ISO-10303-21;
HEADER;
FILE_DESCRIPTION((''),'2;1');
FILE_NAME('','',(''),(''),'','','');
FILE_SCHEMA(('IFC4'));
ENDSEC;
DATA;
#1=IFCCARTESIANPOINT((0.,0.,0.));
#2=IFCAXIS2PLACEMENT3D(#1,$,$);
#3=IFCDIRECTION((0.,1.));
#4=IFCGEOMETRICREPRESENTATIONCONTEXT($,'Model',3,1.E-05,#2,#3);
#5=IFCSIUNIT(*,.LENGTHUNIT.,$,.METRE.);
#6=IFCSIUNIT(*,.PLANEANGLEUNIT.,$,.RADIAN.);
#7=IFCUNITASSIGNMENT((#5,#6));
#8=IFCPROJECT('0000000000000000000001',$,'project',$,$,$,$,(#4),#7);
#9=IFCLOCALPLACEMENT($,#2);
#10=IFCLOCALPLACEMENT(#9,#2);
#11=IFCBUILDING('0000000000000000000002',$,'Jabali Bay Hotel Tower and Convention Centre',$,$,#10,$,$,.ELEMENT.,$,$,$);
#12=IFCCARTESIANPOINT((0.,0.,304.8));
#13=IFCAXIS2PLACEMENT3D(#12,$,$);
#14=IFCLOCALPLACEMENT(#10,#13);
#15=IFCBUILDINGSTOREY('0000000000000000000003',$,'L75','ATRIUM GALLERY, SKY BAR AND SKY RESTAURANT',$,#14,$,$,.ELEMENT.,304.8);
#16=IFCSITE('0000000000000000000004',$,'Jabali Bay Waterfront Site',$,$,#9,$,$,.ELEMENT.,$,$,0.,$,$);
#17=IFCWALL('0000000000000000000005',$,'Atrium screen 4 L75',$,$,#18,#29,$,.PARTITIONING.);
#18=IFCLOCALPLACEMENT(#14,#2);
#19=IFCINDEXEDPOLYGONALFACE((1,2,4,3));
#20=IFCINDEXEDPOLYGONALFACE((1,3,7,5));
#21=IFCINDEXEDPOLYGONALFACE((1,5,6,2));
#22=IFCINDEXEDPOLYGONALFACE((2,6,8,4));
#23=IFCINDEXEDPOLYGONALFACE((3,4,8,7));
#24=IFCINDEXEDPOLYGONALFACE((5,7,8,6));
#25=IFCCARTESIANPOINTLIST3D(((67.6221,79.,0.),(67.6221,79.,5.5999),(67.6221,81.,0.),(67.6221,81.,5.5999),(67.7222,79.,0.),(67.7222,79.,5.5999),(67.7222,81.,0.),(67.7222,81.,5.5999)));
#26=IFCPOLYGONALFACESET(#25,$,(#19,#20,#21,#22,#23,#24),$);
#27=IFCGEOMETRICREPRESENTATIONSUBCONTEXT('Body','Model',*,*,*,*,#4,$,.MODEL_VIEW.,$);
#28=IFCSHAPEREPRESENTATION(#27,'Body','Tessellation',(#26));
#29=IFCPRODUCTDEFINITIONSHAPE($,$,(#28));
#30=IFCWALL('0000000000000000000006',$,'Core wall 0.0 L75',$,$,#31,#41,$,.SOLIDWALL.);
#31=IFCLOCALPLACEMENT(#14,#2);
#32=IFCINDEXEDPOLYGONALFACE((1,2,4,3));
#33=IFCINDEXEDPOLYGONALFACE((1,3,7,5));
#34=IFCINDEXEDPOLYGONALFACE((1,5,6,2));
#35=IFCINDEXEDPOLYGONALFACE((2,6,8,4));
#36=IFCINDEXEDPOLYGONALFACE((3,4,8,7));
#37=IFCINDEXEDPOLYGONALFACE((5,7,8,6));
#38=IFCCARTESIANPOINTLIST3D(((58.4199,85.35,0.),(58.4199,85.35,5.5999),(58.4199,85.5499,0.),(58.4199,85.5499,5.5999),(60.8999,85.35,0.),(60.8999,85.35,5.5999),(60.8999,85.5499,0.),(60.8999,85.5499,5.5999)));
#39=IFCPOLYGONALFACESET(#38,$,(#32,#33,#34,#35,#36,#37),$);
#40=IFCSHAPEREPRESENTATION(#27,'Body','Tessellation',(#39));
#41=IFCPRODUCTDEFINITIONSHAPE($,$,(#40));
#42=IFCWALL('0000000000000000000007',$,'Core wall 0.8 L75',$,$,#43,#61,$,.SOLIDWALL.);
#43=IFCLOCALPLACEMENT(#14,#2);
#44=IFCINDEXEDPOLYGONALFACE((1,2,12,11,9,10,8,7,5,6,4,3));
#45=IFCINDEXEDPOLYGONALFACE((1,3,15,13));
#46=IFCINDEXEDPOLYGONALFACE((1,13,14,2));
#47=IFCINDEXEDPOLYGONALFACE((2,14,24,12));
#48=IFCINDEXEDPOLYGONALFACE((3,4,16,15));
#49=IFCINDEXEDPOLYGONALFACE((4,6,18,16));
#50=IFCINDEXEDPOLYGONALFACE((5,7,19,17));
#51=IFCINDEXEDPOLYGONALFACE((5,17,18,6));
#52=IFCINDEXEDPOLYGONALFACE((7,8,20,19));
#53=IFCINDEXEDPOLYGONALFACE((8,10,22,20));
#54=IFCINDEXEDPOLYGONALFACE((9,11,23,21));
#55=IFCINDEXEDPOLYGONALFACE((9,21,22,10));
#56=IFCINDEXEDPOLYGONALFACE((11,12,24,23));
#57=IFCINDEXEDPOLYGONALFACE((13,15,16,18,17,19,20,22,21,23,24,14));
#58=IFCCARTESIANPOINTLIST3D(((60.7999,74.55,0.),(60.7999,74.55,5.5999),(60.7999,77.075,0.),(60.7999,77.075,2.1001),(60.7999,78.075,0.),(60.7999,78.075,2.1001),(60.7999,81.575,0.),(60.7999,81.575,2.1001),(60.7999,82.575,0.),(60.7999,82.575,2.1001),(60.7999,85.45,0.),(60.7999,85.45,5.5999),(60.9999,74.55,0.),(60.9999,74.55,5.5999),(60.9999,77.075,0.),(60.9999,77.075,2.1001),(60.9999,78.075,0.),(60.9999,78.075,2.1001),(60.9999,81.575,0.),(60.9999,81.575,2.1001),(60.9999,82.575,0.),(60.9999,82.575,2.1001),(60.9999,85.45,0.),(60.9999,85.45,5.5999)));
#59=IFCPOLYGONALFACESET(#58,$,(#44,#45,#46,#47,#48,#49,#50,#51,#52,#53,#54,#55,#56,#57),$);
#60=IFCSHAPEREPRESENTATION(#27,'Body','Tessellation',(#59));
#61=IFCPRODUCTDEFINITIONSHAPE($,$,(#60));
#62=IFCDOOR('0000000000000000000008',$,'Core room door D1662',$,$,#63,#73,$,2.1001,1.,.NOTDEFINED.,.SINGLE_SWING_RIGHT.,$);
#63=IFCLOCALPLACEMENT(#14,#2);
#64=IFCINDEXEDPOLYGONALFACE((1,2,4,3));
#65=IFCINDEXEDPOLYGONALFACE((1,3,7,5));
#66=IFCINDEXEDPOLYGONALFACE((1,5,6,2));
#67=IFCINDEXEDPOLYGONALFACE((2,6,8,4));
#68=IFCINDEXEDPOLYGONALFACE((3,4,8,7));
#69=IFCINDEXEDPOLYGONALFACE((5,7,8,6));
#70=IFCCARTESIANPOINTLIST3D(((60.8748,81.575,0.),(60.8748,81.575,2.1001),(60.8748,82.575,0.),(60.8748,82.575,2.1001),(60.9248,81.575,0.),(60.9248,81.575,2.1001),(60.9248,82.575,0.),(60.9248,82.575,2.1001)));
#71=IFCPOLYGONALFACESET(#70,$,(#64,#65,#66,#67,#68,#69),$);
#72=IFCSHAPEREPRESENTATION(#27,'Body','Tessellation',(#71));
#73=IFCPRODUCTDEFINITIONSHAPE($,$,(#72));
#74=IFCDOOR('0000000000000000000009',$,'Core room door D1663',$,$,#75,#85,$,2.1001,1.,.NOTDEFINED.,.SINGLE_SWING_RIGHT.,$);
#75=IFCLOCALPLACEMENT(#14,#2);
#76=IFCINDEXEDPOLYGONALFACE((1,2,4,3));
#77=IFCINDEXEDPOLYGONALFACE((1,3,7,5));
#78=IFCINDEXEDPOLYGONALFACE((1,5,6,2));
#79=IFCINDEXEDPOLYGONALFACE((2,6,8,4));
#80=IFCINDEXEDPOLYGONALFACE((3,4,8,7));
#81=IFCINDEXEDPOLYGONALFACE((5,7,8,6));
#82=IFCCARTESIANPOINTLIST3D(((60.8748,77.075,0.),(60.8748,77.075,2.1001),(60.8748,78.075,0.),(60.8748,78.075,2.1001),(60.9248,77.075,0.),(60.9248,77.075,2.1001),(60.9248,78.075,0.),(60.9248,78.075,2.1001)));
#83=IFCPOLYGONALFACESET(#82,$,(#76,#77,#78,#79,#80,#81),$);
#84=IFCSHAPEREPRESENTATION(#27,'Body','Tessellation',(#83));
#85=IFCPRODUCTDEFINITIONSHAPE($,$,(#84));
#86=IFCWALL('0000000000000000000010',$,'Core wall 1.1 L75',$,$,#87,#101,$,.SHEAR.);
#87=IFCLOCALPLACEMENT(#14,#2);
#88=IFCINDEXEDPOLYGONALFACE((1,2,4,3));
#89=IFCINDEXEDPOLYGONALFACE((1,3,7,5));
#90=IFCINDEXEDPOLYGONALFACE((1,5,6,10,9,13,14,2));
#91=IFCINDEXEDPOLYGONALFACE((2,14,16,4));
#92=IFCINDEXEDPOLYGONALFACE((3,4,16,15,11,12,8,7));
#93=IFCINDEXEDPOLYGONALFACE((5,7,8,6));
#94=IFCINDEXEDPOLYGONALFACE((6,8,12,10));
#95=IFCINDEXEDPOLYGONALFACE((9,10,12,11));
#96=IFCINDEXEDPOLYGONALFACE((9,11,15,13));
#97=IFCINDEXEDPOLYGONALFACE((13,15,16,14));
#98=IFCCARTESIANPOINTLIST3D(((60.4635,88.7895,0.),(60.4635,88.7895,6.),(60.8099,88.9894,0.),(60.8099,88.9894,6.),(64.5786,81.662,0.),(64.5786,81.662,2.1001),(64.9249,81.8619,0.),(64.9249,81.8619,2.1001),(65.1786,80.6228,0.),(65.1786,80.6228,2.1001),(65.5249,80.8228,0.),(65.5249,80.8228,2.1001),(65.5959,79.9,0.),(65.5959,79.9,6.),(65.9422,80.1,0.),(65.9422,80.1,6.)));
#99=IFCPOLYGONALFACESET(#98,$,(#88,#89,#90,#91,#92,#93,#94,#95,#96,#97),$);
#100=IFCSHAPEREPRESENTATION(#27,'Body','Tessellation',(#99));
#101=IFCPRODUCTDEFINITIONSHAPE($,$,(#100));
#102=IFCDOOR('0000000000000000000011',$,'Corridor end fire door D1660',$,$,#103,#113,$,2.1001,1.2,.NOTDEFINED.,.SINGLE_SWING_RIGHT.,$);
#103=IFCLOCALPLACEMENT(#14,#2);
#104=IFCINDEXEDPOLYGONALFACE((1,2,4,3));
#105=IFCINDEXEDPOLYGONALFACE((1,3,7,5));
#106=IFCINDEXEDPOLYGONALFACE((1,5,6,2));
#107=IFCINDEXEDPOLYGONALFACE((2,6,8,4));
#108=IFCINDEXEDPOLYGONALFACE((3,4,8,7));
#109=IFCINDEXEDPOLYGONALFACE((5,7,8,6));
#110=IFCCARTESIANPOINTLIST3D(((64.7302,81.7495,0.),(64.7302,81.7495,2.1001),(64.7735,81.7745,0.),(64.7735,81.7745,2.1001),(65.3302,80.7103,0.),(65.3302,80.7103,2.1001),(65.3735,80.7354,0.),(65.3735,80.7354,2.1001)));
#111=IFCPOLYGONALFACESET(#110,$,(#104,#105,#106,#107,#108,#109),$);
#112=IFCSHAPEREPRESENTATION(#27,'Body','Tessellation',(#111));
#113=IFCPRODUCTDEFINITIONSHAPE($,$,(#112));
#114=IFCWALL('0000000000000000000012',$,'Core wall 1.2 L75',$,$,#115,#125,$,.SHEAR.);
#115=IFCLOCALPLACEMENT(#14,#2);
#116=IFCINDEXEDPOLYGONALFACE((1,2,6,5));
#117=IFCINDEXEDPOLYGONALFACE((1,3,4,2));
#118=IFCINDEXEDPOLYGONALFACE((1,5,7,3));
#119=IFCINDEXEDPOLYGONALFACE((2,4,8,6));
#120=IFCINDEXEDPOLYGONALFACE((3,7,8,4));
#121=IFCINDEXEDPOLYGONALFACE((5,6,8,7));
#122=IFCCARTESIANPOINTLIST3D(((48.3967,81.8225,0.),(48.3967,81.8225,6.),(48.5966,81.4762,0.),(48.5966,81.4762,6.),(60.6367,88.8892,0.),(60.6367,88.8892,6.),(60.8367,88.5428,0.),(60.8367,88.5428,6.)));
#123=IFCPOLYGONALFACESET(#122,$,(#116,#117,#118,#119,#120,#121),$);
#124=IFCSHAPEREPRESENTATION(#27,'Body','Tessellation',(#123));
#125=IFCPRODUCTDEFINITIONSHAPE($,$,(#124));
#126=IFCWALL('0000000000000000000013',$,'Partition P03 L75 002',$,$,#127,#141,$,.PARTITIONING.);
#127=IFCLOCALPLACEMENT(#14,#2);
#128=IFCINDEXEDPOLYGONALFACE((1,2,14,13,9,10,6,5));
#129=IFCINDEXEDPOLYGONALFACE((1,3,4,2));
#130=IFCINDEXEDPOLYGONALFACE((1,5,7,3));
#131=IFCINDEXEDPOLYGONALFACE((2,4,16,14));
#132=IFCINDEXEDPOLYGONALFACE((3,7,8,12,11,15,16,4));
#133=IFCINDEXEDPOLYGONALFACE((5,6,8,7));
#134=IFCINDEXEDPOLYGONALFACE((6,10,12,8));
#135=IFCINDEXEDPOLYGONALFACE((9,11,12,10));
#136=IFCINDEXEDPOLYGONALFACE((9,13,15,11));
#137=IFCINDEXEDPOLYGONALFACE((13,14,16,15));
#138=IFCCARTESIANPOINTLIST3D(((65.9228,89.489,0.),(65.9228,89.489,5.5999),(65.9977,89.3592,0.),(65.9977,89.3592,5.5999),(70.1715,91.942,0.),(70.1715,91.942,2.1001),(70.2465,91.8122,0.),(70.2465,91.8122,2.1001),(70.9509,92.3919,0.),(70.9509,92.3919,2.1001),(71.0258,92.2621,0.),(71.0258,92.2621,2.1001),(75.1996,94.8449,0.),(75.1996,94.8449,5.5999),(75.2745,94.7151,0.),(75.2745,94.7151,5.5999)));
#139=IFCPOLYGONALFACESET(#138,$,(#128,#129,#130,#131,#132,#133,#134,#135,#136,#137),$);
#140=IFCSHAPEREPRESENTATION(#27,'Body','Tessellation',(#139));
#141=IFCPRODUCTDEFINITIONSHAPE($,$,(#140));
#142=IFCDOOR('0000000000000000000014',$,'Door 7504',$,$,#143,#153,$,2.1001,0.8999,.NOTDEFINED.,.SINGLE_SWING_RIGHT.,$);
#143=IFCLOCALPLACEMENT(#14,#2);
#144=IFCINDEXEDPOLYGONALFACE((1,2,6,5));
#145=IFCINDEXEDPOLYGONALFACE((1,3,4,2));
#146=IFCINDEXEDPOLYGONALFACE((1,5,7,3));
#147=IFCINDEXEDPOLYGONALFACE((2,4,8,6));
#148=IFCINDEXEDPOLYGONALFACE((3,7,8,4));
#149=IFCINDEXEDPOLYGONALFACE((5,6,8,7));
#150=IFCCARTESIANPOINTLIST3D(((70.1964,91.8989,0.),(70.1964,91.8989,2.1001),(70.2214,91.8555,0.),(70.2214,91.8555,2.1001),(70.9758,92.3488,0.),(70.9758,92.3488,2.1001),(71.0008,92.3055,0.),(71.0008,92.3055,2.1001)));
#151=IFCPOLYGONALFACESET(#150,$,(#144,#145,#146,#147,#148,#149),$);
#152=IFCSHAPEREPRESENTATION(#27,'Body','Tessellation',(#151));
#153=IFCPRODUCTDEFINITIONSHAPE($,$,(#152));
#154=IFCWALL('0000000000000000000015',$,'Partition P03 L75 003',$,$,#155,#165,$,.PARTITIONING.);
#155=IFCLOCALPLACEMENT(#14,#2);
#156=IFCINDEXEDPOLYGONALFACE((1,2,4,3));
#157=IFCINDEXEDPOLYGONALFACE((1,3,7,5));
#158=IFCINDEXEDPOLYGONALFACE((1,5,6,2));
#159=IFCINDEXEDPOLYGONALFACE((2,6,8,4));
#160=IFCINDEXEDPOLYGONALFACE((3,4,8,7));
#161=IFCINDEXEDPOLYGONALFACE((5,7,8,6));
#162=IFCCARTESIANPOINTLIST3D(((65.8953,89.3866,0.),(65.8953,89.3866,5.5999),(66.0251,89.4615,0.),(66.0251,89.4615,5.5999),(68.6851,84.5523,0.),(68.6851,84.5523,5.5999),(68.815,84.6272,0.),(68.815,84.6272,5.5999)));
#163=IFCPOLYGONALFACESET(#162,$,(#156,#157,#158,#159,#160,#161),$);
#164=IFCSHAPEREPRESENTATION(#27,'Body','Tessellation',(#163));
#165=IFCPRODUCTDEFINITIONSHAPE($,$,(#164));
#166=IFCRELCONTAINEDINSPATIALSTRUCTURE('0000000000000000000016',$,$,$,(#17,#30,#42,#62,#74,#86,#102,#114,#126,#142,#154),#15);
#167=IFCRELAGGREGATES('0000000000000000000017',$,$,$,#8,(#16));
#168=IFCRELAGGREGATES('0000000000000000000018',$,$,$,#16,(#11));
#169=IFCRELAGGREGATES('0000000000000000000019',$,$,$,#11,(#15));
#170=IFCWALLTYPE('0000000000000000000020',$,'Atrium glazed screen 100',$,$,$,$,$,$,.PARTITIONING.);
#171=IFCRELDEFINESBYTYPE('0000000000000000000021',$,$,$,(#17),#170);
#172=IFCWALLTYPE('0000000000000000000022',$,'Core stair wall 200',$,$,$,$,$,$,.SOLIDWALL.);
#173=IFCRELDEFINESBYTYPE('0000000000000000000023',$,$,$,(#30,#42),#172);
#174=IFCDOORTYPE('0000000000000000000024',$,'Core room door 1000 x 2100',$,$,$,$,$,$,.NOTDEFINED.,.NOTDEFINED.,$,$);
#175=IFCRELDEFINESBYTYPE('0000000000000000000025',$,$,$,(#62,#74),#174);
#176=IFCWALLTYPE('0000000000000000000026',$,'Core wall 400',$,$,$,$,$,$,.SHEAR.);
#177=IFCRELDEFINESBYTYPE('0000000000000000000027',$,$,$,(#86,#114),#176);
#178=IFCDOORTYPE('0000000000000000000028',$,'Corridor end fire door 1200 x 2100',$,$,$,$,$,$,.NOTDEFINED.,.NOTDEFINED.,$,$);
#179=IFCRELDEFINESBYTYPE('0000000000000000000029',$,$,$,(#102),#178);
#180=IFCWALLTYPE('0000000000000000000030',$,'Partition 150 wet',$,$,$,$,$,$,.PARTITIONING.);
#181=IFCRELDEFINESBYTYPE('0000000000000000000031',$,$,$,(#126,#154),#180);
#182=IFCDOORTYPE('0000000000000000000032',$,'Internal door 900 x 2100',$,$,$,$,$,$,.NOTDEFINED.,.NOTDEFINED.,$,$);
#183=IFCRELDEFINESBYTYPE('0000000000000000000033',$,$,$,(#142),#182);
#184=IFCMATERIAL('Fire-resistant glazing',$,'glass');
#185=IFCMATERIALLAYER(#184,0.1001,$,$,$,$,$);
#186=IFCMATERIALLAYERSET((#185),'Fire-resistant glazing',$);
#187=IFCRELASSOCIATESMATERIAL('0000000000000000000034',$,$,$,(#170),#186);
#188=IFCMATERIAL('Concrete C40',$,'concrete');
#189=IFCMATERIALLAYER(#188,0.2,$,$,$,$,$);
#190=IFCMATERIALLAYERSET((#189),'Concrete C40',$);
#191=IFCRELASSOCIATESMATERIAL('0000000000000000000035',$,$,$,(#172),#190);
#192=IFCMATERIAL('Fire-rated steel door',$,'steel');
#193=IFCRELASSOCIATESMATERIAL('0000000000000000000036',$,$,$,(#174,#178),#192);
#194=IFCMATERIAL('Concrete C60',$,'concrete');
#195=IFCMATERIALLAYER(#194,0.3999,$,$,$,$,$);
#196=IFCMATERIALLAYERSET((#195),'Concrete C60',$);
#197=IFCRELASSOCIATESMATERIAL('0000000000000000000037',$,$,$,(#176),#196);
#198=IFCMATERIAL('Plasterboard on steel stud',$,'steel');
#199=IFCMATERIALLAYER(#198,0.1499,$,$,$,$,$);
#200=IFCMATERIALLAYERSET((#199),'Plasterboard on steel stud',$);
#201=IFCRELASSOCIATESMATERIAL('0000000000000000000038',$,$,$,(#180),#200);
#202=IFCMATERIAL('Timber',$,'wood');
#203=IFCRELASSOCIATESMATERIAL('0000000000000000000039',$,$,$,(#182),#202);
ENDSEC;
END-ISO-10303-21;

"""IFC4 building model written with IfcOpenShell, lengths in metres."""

from ifc_helpers import new_model, si_unit, direction, frame, frame_2d, origin, place, context, subcontext, project, spatial, rectangle, extrude, material, layer, layer_set, type_object, element, fill, save


model = new_model("IFC4")

# Units and contexts
model_context = context("Model", 3, precision=1e-05, world=origin(), true_north=direction((0.0, 1.0)))
body_context = subcontext(model_context, "Body", "Model", "MODEL_VIEW")
ifc_project = project(units=[si_unit("LENGTHUNIT", "METRE"), si_unit("PLANEANGLEUNIT", "RADIAN")], contexts=[model_context])

# Site, building, storey
site_placement = place(None, origin())
site = spatial("IfcSite", under=ifc_project, at=site_placement, Name="Jabali Bay Waterfront Site", CompositionType="ELEMENT", RefElevation=0.0)
building_placement = place(site_placement, origin())
building = spatial("IfcBuilding", under=site, at=building_placement, Name="Jabali Bay Hotel Tower and Convention Centre", CompositionType="ELEMENT")
storey_placement = place(building_placement, frame((0.0, 0.0, 304.8)))
storey = spatial("IfcBuildingStorey", under=building, at=storey_placement, Name="L75", Description="ATRIUM GALLERY, SKY BAR AND SKY RESTAURANT", CompositionType="ELEMENT", Elevation=304.8)

# Walls
ifc_material_1 = material(Name="Fire-resistant glazing", Category="glass")
ifc_layer_1 = layer(ifc_material_1, 0.1001)
ifc_layer_set_1 = layer_set([ifc_layer_1], Name="Fire-resistant glazing")
wall_type_1 = type_object("IfcWallType", Name="Atrium glazed screen 100", PredefinedType="PARTITIONING", material=ifc_layer_set_1)
wall_1_placement = place(storey_placement, frame((67.6721, 81.0, 0.0), z_axis=(0.0, 0.0, 1.0), x_axis=(0.0, -1.0, 0.0)))
element("IfcWall", 1, at=wall_1_placement, inside=storey, type_object=wall_type_1, Name="Atrium screen 4 L75", PredefinedType="PARTITIONING", context=body_context, shape_type="SweptSolid", body=[
    extrude(rectangle(XDim=2.0, YDim=0.1001, at=frame_2d((1.0, 0.0))), origin(), (0.0, 0.0, 1.0), 5.5999),
])
ifc_material_2 = material(Name="Concrete C40", Category="concrete")
ifc_layer_2 = layer(ifc_material_2, 0.2)
ifc_layer_set_2 = layer_set([ifc_layer_2], Name="Concrete C40")
wall_type_2 = type_object("IfcWallType", Name="Core stair wall 200", PredefinedType="SOLIDWALL", material=ifc_layer_set_2)
wall_2_placement = place(storey_placement, frame((60.8999, 85.45, 0.0), z_axis=(0.0, 0.0, 1.0), x_axis=(-1.0, 0.0, 0.0)))
element("IfcWall", 2, at=wall_2_placement, inside=storey, type_object=wall_type_2, Name="Core wall 0.0 L75", PredefinedType="SOLIDWALL", context=body_context, shape_type="SweptSolid", body=[
    extrude(rectangle(XDim=2.48, YDim=0.2, at=frame_2d((1.24, 0.0))), origin(), (0.0, 0.0, 1.0), 5.5999),
])

# Wall, openings, doors
wall_3_placement = place(storey_placement, frame((60.8999, 85.45, 0.0), z_axis=(0.0, 0.0, 1.0), x_axis=(0.0, -1.0, 0.0)))
wall_3 = element("IfcWall", 3, at=wall_3_placement, inside=storey, type_object=wall_type_2, Name="Core wall 0.8 L75", PredefinedType="SOLIDWALL", context=body_context, shape_type="SweptSolid", body=[
    extrude(rectangle(XDim=10.8999, YDim=0.2, at=frame_2d((5.45, 0.0))), origin(), (0.0, 0.0, 1.0), 5.5999),
])
opening_1_placement = place(wall_3_placement, frame((2.875, 0.0, 0.0)))
opening_1 = element("IfcOpeningElement", 4, at=opening_1_placement, cuts=wall_3, PredefinedType="OPENING", context=body_context, shape_type="SweptSolid", body=[
    extrude(rectangle(XDim=1.0, YDim=2.1001, at=frame_2d((0.5, 1.05))), frame((0.0, 0.1104, 0.0), z_axis=(0.0, -1.0, 0.0), x_axis=(1.0, 0.0, 0.0)), (0.0, 0.0, 1.0), 0.2209),
])
opening_2_placement = place(wall_3_placement, frame((7.375, 0.0, 0.0)))
opening_2 = element("IfcOpeningElement", 5, at=opening_2_placement, cuts=wall_3, PredefinedType="OPENING", context=body_context, shape_type="SweptSolid", body=[
    extrude(rectangle(XDim=1.0, YDim=2.1001, at=frame_2d((0.5, 1.05))), frame((0.0, 0.1104, 0.0), z_axis=(0.0, -1.0, 0.0), x_axis=(1.0, 0.0, 0.0)), (0.0, 0.0, 1.0), 0.2209),
])
ifc_material_3 = material(Name="Fire-rated steel door", Category="steel")
door_type_1 = type_object("IfcDoorType", Name="Core room door 1000 x 2100", OperationType="NOTDEFINED", PredefinedType="NOTDEFINED", material=ifc_material_3)
door_1_placement = place(opening_1_placement, origin())
door_1 = element("IfcDoor", 6, at=door_1_placement, inside=storey, type_object=door_type_1, Name="Core room door D1662", OperationType="SINGLE_SWING_RIGHT", OverallHeight=2.1001, OverallWidth=1.0, PredefinedType="NOTDEFINED", context=body_context, shape_type="SweptSolid", body=[
    extrude(rectangle(XDim=1.0, YDim=2.1001, at=frame_2d((0.5, 1.05))), frame((0.0, 0.0249, 0.0), z_axis=(0.0, -1.0, 0.0), x_axis=(1.0, 0.0, 0.0)), (0.0, 0.0, 1.0), 0.05),
])
fill(opening_1, door_1)
door_2_placement = place(opening_2_placement, origin())
door_2 = element("IfcDoor", 7, at=door_2_placement, inside=storey, type_object=door_type_1, Name="Core room door D1663", OperationType="SINGLE_SWING_RIGHT", OverallHeight=2.1001, OverallWidth=1.0, PredefinedType="NOTDEFINED", context=body_context, shape_type="SweptSolid", body=[
    extrude(rectangle(XDim=1.0, YDim=2.1001, at=frame_2d((0.5, 1.05))), frame((0.0, 0.0249, 0.0), z_axis=(0.0, -1.0, 0.0), x_axis=(1.0, 0.0, 0.0)), (0.0, 0.0, 1.0), 0.05),
])
fill(opening_2, door_2)

# Wall, opening, door
ifc_material_4 = material(Name="Concrete C60", Category="concrete")
ifc_layer_3 = layer(ifc_material_4, 0.3999)
ifc_layer_set_3 = layer_set([ifc_layer_3], Name="Concrete C60")
wall_type_3 = type_object("IfcWallType", Name="Core wall 400", PredefinedType="SHEAR", material=ifc_layer_set_3)
wall_4_placement = place(storey_placement, frame((65.769, 80.0, 0.0), z_axis=(0.0, 0.0, 1.0), x_axis=(-0.500002, 0.866024, 0.0)))
wall_4 = element("IfcWall", 8, at=wall_4_placement, inside=storey, type_object=wall_type_3, Name="Core wall 1.1 L75", PredefinedType="SHEAR", context=body_context, shape_type="SweptSolid", body=[
    extrude(rectangle(XDim=10.2646, YDim=0.3999, at=frame_2d((5.1323, 0.0))), origin(), (0.0, 0.0, 1.0), 6.0),
])
opening_3_placement = place(wall_4_placement, frame((0.8345, 0.0, 0.0)))
opening_3 = element("IfcOpeningElement", 9, at=opening_3_placement, cuts=wall_4, PredefinedType="OPENING", context=body_context, shape_type="SweptSolid", body=[
    extrude(rectangle(XDim=1.2, YDim=2.1001, at=frame_2d((0.6001, 1.05))), frame((0.0, 0.2104, 0.0), z_axis=(0.0, -1.0, 0.0), x_axis=(1.0, 0.0, 0.0)), (0.0, 0.0, 1.0), 0.4209),
])
door_type_2 = type_object("IfcDoorType", Name="Corridor end fire door 1200 x 2100", OperationType="NOTDEFINED", PredefinedType="NOTDEFINED", material=ifc_material_3)
door_3_placement = place(opening_3_placement, origin())
door_3 = element("IfcDoor", 10, at=door_3_placement, inside=storey, type_object=door_type_2, Name="Corridor end fire door D1660", OperationType="SINGLE_SWING_RIGHT", OverallHeight=2.1001, OverallWidth=1.2, PredefinedType="NOTDEFINED", context=body_context, shape_type="SweptSolid", body=[
    extrude(rectangle(XDim=1.2, YDim=2.1001, at=frame_2d((0.6001, 1.05))), frame((0.0, 0.0249, 0.0), z_axis=(0.0, -1.0, 0.0), x_axis=(1.0, 0.0, 0.0)), (0.0, 0.0, 1.0), 0.05),
])
fill(opening_3, door_3)

# Wall
wall_5_placement = place(storey_placement, frame((60.7368, 88.7161, 0.0), z_axis=(0.0, 0.0, 1.0), x_axis=(-0.866029, -0.499994, 0.0)))
element("IfcWall", 11, at=wall_5_placement, inside=storey, type_object=wall_type_3, Name="Core wall 1.2 L75", PredefinedType="SHEAR", context=body_context, shape_type="SweptSolid", body=[
    extrude(rectangle(XDim=14.1335, YDim=0.3999, at=frame_2d((7.0669, 0.0))), origin(), (0.0, 0.0, 1.0), 6.0),
])

# Wall, opening, door
ifc_material_5 = material(Name="Plasterboard on steel stud", Category="steel")
ifc_layer_4 = layer(ifc_material_5, 0.1499)
ifc_layer_set_4 = layer_set([ifc_layer_4], Name="Plasterboard on steel stud")
wall_type_4 = type_object("IfcWallType", Name="Partition 150 wet", PredefinedType="PARTITIONING", material=ifc_layer_set_4)
wall_6_placement = place(storey_placement, frame((75.2371, 94.78, 0.0), z_axis=(0.0, 0.0, 1.0), x_axis=(-0.866027, -0.499997, 0.0)))
wall_6 = element("IfcWall", 12, at=wall_6_placement, inside=storey, type_object=wall_type_4, Name="Partition P03 L75 002", PredefinedType="PARTITIONING", context=body_context, shape_type="SweptSolid", body=[
    extrude(rectangle(XDim=10.7119, YDim=0.1499, at=frame_2d((5.356, 0.0))), origin(), (0.0, 0.0, 1.0), 5.5999),
])
opening_4_placement = place(wall_6_placement, frame((4.906, 0.0, 0.0)))
opening_4 = element("IfcOpeningElement", 13, at=opening_4_placement, cuts=wall_6, PredefinedType="OPENING", context=body_context, shape_type="SweptSolid", body=[
    extrude(rectangle(XDim=0.8999, YDim=2.1001, at=frame_2d((0.45, 1.05))), frame((0.0, 0.0854, 0.0), z_axis=(0.0, -1.0, 0.0), x_axis=(1.0, 0.0, 0.0)), (0.0, 0.0, 1.0), 0.1709),
])
ifc_material_6 = material(Name="Timber", Category="wood")
door_type_3 = type_object("IfcDoorType", Name="Internal door 900 x 2100", OperationType="NOTDEFINED", PredefinedType="NOTDEFINED", material=ifc_material_6)
door_4_placement = place(opening_4_placement, origin())
door_4 = element("IfcDoor", 14, at=door_4_placement, inside=storey, type_object=door_type_3, Name="Door 7504", OperationType="SINGLE_SWING_RIGHT", OverallHeight=2.1001, OverallWidth=0.8999, PredefinedType="NOTDEFINED", context=body_context, shape_type="SweptSolid", body=[
    extrude(rectangle(XDim=0.8999, YDim=2.1001, at=frame_2d((0.45, 1.05))), frame((0.0, 0.0249, 0.0), z_axis=(0.0, -1.0, 0.0), x_axis=(1.0, 0.0, 0.0)), (0.0, 0.0, 1.0), 0.05),
])
fill(opening_4, door_4)

# Wall
wall_7_placement = place(storey_placement, frame((65.9602, 89.4241, 0.0), z_axis=(0.0, 0.0, 1.0), x_axis=(0.499832, -0.866122, 0.0)))
element("IfcWall", 15, at=wall_7_placement, inside=storey, type_object=wall_type_4, Name="Partition P03 L75 003", PredefinedType="PARTITIONING", context=body_context, shape_type="SweptSolid", body=[
    extrude(rectangle(XDim=5.5815, YDim=0.1499, at=frame_2d((2.7908, 0.0))), origin(), (0.0, 0.0, 1.0), 5.5999),
])

save(model, "model.ifc")
